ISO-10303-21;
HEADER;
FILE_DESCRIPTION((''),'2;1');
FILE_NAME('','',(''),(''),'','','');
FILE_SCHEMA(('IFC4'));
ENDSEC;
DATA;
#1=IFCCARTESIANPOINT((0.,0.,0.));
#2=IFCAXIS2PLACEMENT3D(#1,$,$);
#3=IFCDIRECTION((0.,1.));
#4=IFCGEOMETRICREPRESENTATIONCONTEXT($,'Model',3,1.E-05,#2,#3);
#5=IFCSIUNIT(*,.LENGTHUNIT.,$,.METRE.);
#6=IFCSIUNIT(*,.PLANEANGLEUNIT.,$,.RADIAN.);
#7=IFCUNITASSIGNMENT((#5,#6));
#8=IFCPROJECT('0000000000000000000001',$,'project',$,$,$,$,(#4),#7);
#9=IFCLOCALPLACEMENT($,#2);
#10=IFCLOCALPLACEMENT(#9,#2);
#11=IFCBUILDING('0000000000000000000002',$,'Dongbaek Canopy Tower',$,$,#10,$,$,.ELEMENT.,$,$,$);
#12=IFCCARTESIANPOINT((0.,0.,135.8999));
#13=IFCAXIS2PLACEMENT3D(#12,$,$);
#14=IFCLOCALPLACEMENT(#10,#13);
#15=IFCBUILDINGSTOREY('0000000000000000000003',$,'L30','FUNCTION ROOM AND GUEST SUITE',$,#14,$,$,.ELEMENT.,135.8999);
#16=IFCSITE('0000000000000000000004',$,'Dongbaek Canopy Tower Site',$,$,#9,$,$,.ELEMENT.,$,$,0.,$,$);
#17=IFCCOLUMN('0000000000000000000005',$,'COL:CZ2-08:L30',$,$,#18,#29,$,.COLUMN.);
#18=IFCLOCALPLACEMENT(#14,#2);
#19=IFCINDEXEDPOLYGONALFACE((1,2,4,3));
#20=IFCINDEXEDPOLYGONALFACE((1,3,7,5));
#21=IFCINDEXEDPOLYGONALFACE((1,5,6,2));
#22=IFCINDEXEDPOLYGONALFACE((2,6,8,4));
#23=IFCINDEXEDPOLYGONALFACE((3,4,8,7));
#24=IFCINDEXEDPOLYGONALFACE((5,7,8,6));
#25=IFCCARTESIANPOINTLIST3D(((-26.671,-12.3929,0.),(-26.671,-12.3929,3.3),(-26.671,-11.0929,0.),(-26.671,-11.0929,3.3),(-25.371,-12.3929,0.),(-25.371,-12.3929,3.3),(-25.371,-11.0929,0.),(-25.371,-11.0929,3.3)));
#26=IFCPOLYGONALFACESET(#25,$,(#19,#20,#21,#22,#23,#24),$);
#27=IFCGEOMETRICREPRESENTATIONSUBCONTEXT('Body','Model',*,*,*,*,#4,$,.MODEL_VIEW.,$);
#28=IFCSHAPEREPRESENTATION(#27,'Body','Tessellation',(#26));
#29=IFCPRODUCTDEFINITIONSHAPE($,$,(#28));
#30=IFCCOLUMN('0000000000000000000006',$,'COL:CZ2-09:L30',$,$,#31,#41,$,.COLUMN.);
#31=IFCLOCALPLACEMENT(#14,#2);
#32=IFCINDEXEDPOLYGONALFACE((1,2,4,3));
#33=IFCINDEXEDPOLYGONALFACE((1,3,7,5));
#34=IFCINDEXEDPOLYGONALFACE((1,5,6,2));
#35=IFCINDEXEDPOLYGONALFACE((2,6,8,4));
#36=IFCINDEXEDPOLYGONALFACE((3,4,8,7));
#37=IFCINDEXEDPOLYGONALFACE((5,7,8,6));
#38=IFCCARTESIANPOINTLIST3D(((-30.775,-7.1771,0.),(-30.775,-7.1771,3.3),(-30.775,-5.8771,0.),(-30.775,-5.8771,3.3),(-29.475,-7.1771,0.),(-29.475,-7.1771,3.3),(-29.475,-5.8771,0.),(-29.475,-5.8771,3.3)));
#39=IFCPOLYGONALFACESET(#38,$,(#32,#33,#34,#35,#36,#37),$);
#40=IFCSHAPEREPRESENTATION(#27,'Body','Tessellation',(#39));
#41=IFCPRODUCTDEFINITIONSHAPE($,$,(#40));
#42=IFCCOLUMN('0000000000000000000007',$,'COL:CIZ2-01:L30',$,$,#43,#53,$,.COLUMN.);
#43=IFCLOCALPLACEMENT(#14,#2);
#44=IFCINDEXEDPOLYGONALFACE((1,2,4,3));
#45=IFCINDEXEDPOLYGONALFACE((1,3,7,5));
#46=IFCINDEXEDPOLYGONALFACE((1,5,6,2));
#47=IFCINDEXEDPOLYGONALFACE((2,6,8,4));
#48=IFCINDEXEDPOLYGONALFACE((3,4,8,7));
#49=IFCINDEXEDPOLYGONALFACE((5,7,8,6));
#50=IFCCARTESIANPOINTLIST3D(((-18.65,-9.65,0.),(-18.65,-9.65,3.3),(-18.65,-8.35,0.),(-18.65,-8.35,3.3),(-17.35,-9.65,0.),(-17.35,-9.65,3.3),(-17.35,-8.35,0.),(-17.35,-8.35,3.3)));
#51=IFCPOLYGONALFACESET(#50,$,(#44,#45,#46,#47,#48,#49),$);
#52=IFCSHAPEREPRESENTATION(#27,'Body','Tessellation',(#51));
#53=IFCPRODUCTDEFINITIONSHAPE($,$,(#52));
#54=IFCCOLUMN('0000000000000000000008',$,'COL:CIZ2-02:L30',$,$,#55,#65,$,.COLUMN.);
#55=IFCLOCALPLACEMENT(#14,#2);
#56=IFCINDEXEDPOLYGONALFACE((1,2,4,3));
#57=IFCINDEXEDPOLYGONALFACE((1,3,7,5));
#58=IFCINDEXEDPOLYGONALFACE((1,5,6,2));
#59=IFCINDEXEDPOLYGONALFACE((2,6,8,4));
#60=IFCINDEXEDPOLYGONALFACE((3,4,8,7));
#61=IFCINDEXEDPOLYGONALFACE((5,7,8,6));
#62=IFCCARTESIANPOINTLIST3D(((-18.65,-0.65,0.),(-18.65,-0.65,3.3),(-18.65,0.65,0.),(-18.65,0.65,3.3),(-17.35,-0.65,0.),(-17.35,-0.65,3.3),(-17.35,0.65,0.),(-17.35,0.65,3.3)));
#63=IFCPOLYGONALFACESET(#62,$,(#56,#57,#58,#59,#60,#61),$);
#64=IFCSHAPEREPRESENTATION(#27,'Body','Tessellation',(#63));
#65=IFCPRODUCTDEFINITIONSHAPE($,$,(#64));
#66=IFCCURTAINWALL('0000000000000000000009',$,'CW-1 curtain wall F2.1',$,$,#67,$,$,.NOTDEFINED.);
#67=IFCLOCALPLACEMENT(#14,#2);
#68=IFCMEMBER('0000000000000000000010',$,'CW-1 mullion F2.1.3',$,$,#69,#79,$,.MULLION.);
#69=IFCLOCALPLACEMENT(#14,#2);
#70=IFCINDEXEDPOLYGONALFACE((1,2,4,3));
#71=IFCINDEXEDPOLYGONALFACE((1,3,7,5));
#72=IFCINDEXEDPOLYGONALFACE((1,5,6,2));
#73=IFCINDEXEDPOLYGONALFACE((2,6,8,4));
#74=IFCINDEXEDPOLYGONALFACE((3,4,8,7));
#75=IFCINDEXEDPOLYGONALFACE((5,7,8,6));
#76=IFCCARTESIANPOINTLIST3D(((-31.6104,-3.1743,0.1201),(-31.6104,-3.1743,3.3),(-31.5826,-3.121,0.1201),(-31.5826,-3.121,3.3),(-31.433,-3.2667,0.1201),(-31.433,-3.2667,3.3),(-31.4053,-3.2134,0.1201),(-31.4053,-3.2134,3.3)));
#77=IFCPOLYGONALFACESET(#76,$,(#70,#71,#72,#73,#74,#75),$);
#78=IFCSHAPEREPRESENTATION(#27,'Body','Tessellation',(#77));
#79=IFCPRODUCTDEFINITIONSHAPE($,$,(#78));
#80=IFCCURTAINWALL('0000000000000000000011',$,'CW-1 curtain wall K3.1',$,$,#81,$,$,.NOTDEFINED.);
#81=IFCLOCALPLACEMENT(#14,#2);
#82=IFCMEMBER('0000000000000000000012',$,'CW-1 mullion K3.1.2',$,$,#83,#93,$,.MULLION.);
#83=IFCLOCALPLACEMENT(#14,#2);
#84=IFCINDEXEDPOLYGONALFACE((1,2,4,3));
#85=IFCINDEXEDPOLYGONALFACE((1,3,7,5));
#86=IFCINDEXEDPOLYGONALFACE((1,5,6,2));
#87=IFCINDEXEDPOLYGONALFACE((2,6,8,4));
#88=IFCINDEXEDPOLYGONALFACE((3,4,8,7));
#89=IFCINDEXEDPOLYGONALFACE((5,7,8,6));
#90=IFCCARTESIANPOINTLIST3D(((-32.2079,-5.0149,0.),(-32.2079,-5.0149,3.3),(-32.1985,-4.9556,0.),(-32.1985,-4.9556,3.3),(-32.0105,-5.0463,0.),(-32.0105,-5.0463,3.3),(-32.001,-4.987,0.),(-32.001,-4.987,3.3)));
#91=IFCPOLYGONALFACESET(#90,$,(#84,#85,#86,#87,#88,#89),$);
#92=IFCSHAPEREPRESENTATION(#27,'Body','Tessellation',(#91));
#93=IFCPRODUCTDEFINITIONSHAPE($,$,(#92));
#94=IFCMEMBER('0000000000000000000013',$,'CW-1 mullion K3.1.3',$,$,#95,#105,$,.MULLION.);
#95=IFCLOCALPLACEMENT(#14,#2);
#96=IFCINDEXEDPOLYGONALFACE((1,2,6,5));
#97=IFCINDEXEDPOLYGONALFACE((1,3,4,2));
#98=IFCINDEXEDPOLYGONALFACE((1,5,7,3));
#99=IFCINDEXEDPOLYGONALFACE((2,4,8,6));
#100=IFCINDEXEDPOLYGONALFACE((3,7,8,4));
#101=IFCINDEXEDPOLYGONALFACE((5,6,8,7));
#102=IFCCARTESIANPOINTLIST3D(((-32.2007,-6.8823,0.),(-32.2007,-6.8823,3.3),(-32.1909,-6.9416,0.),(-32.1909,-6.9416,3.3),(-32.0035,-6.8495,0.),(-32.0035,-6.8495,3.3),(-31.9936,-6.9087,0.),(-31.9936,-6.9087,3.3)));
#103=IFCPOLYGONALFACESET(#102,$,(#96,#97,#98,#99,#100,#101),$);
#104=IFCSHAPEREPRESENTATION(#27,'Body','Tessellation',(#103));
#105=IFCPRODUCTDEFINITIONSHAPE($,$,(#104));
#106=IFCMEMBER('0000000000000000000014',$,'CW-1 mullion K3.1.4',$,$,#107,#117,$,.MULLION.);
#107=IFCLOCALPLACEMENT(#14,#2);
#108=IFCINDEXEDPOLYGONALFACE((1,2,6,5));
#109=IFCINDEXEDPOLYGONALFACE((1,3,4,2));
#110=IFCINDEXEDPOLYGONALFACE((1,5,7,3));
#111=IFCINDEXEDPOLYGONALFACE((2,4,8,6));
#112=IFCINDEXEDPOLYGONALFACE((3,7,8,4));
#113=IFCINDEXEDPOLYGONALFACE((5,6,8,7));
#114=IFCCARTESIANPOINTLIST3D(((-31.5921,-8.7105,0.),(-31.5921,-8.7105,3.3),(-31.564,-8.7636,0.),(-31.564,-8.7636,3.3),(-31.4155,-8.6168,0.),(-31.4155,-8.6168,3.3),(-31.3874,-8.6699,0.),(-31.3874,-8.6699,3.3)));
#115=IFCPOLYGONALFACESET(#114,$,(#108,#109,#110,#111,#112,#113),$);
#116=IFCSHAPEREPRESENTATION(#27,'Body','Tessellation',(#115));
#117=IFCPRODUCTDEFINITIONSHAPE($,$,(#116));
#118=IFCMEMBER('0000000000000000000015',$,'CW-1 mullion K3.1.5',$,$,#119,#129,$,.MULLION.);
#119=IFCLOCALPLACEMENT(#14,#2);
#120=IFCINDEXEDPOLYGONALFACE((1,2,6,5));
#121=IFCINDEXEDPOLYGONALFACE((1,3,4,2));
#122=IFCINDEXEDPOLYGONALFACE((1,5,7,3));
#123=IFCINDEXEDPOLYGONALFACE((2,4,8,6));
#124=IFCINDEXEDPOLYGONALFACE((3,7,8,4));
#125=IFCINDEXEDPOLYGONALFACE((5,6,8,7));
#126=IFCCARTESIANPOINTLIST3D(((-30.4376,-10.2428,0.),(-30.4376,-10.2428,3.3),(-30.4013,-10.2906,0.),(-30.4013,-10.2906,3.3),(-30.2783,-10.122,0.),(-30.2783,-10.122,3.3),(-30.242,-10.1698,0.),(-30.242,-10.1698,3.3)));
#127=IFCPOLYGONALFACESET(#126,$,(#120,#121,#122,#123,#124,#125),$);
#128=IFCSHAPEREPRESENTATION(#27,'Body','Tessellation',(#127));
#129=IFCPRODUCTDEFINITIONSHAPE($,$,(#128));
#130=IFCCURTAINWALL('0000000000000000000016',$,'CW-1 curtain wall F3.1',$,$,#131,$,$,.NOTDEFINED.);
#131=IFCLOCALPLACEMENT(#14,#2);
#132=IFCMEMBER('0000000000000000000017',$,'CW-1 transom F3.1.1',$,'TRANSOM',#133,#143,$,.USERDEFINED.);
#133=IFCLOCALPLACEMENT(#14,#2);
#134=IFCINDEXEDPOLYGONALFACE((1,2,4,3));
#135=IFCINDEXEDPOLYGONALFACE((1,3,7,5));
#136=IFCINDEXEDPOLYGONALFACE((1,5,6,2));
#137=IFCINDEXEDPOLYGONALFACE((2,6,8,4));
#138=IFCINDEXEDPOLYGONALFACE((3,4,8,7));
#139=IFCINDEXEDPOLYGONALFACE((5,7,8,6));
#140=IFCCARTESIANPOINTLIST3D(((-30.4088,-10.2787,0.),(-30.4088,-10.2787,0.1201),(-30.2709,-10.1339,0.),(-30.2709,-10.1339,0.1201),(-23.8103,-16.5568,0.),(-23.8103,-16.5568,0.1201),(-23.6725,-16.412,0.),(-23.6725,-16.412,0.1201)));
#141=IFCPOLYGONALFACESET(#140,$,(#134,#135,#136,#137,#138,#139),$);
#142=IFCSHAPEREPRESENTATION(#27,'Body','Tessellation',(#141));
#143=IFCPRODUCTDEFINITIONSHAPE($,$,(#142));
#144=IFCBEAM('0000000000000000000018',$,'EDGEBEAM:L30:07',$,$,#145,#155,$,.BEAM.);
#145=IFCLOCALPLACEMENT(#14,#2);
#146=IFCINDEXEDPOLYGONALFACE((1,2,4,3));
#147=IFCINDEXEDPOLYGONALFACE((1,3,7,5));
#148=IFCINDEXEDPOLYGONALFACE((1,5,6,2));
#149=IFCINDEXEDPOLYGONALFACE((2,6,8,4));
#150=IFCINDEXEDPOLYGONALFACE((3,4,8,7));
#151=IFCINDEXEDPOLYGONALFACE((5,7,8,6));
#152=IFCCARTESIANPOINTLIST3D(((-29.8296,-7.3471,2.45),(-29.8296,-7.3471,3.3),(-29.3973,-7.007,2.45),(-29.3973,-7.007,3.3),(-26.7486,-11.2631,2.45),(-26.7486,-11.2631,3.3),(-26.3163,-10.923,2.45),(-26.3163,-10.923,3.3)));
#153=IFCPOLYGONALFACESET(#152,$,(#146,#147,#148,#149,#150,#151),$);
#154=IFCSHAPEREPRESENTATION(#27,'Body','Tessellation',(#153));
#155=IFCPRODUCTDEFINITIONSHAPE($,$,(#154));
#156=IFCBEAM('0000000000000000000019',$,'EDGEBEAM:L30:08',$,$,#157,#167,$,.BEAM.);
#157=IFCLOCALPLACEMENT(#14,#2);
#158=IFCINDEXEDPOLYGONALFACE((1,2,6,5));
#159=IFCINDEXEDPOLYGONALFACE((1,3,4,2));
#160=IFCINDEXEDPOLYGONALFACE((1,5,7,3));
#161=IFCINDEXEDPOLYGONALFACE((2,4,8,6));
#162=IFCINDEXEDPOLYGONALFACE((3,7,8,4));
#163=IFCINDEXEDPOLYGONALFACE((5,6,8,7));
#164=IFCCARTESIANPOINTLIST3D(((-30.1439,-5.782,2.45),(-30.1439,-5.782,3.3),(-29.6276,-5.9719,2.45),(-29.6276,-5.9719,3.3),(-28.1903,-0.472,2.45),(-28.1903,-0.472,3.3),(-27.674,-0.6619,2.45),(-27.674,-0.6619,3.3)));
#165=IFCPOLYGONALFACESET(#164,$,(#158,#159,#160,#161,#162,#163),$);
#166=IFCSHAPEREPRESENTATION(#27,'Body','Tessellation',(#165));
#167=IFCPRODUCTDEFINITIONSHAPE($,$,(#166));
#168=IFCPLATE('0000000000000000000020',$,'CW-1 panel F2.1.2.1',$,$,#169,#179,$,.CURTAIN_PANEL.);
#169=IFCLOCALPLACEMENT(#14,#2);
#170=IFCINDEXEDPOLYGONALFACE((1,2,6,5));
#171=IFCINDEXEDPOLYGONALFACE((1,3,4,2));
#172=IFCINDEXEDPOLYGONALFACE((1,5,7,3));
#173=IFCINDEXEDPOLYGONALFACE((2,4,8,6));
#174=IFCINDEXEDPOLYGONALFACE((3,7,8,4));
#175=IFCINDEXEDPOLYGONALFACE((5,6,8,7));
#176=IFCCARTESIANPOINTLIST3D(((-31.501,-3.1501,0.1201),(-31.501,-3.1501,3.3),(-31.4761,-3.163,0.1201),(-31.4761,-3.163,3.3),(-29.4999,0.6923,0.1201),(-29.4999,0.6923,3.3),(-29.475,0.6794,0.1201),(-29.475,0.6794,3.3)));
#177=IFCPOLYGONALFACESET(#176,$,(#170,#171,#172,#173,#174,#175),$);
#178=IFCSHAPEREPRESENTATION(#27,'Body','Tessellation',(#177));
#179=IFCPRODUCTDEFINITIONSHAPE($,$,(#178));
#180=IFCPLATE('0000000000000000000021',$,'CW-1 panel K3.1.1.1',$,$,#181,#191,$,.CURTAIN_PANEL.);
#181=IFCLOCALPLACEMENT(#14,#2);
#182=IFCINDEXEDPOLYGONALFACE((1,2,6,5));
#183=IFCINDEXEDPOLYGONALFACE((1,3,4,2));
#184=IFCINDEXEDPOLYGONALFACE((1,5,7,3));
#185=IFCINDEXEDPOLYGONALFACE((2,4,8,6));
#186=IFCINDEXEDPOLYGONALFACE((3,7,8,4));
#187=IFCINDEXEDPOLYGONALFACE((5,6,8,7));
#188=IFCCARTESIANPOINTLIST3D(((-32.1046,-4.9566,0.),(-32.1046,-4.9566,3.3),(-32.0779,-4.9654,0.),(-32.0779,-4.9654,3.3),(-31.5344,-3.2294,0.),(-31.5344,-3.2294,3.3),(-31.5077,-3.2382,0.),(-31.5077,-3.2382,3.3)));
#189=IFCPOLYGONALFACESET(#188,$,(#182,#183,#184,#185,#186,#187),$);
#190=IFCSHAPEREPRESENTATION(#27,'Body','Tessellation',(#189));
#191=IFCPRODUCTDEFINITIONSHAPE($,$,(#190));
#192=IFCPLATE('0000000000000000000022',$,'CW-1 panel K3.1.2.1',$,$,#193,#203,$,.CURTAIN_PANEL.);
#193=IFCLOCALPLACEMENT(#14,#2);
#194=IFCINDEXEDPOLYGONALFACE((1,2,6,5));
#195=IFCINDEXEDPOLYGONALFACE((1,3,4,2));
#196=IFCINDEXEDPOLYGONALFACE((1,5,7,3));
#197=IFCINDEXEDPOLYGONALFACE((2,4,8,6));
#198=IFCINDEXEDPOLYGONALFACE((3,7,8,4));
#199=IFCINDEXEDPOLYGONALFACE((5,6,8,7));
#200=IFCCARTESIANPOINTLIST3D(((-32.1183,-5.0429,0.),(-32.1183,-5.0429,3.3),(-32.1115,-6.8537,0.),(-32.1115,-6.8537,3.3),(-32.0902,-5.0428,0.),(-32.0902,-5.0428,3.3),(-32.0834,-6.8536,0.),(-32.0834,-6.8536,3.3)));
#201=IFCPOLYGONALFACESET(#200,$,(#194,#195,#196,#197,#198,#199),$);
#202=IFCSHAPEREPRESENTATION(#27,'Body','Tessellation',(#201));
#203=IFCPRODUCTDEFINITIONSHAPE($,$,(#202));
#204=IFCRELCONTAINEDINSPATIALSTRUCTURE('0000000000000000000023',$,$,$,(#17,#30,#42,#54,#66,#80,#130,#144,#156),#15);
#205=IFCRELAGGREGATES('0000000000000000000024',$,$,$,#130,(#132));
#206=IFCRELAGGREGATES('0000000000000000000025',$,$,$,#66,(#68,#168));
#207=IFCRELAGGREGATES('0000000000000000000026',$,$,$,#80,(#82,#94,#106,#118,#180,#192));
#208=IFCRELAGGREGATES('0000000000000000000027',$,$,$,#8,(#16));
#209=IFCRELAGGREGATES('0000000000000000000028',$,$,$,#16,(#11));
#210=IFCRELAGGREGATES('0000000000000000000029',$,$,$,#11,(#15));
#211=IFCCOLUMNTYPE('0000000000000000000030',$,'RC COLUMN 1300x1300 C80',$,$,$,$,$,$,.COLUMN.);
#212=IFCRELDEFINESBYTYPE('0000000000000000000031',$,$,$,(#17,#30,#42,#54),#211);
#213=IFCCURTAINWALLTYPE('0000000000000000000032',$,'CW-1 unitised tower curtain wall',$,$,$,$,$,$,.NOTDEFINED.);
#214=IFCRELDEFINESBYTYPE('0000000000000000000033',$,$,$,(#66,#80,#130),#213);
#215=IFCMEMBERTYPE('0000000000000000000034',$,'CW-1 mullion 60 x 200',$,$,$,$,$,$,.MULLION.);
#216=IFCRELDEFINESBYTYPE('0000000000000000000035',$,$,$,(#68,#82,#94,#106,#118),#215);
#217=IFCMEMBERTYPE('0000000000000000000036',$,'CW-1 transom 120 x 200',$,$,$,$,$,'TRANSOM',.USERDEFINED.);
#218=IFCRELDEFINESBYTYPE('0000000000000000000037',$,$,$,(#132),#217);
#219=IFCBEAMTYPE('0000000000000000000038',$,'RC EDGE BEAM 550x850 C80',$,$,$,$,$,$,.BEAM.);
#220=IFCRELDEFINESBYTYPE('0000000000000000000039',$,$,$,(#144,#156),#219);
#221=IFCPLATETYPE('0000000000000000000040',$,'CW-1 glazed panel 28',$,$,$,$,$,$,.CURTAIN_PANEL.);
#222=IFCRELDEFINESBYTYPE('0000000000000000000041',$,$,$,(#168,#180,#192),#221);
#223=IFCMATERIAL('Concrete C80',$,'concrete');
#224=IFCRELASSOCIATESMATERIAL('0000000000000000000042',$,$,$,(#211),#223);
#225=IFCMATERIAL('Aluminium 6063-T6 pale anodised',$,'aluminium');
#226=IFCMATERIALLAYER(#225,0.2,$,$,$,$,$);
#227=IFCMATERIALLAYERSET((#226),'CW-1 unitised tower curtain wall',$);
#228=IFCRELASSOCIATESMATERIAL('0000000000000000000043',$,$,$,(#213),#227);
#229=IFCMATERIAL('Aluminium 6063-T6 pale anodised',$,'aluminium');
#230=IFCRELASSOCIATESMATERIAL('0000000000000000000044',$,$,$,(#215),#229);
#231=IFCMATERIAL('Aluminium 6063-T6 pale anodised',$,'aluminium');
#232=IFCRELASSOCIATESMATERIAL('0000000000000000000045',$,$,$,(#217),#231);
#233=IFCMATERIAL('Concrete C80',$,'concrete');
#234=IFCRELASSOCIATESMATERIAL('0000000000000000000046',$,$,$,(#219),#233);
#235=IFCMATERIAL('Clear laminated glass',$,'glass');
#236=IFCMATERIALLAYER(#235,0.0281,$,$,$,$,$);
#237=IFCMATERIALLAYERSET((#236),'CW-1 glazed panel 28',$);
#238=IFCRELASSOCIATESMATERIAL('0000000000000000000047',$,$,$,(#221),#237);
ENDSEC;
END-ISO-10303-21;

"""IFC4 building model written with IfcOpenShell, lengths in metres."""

from ifc_helpers import new_model, si_unit, direction, frame, origin, origin_2d, place, context, subcontext, project, spatial, rectangle, extrude, material, layer, layer_set, material_profile, profile_set, type_object, element, aggregate, save


model = new_model("IFC4")

# Units and contexts
model_context = context("Model", 3, precision=1e-05, world=origin(), true_north=direction((0.0, 1.0)))
body_context = subcontext(model_context, "Body", "Model", "MODEL_VIEW")
ifc_project = project(units=[si_unit("LENGTHUNIT", "METRE"), si_unit("PLANEANGLEUNIT", "RADIAN")], contexts=[model_context])

# Site, building, storey
site_placement = place(None, origin())
site = spatial("IfcSite", under=ifc_project, at=site_placement, Name="Dongbaek Canopy Tower Site", CompositionType="ELEMENT", RefElevation=0.0)
building_placement = place(site_placement, origin())
building = spatial("IfcBuilding", under=site, at=building_placement, Name="Dongbaek Canopy Tower", CompositionType="ELEMENT")
storey_placement = place(building_placement, frame((0.0, 0.0, 135.8999)))
storey = spatial("IfcBuildingStorey", under=building, at=storey_placement, Name="L30", Description="FUNCTION ROOM AND GUEST SUITE", CompositionType="ELEMENT", Elevation=135.8999)

# Columns
ifc_material_1 = material(Name="Concrete C80", Category="concrete")
ifc_material_profile_1 = material_profile(ifc_material_1, rectangle(XDim=1.3, YDim=1.3, at=origin_2d()), Name="RC COLUMN 1300x1300 C80")
ifc_profile_set_1 = profile_set([ifc_material_profile_1], Name="Concrete C80")
column_type = type_object("IfcColumnType", Name="RC COLUMN 1300x1300 C80", PredefinedType="COLUMN", material=ifc_profile_set_1)
for number, where, z_axis, x_axis, name in (
    (1, (-26.021, -11.7429, 0.0), (0.0, 0.0, 1.0), (1.0, 0.0, 0.0), "COL:CZ2-08:L30"),
    (2, (-30.125, -6.5271, 0.0), (0.0, 0.0, 1.0), (1.0, 0.0, 0.0), "COL:CZ2-09:L30"),
    (3, (-18.0, -9.0, 0.0), (0.0, 0.0, 1.0), (1.0, 0.0, 0.0), "COL:CIZ2-01:L30"),
    (4, (-18.0, 0.0, 0.0), (0.0, 0.0, 1.0), (1.0, 0.0, 0.0), "COL:CIZ2-02:L30"),
):
    element("IfcColumn", number, at=place(storey_placement, frame(where, z_axis=z_axis, x_axis=x_axis)), inside=storey, type_object=column_type, Name=name, PredefinedType="COLUMN", context=body_context, shape_type="SweptSolid", body=[
        extrude(rectangle(XDim=1.3, YDim=1.3, at=origin_2d()), origin(), (0.0, 0.0, 1.0), 3.3),
    ])

# Curtain wall, member
ifc_material_2 = material(Name="Aluminium 6063-T6 pale anodised", Category="aluminium")
ifc_layer_1 = layer(ifc_material_2, 0.2)
ifc_layer_set_1 = layer_set([ifc_layer_1], Name="CW-1 unitised tower curtain wall")
curtain_wall_type = type_object("IfcCurtainWallType", Name="CW-1 unitised tower curtain wall", PredefinedType="NOTDEFINED", material=ifc_layer_set_1)
curtain_wall_1_placement = place(storey_placement, origin())
curtain_wall_1 = element("IfcCurtainWall", 5, at=curtain_wall_1_placement, inside=storey, type_object=curtain_wall_type, Name="CW-1 curtain wall F2.1", PredefinedType="NOTDEFINED")
ifc_material_3 = material(Name="Aluminium 6063-T6 pale anodised", Category="aluminium")
ifc_material_profile_2 = material_profile(ifc_material_3, rectangle(XDim=0.2, YDim=0.0601, at=origin_2d()), Name="CW-1 mullion 60 x 200")
ifc_profile_set_2 = profile_set([ifc_material_profile_2], Name="Aluminium 6063-T6 pale anodised")
member_type_1 = type_object("IfcMemberType", Name="CW-1 mullion 60 x 200", PredefinedType="MULLION", material=ifc_profile_set_2)
member_1_placement = place(storey_placement, frame((-31.5078, -3.1938, 0.1201), z_axis=(0.0, 0.0, 1.0), x_axis=(-0.886927, 0.46191, 0.0)))
member_1 = element("IfcMember", 6, at=member_1_placement, type_object=member_type_1, Name="CW-1 mullion F2.1.3", PredefinedType="MULLION", context=body_context, shape_type="SweptSolid", body=[
    extrude(rectangle(XDim=0.2, YDim=0.0601, at=origin_2d()), origin(), (0.0, 0.0, 1.0), 3.1799),
])

# Curtain wall, members
curtain_wall_2_placement = place(storey_placement, origin())
curtain_wall_2 = element("IfcCurtainWall", 7, at=curtain_wall_2_placement, inside=storey, type_object=curtain_wall_type, Name="CW-1 curtain wall K3.1", PredefinedType="NOTDEFINED")
member_2_placement = place(storey_placement, frame((-32.1045, -5.001, 0.0), z_axis=(0.0, 0.0, 1.0), x_axis=(-0.987616, 0.156892, 0.0)))
member_2 = element("IfcMember", 8, at=member_2_placement, type_object=member_type_1, Name="CW-1 mullion K3.1.2", PredefinedType="MULLION", context=body_context, shape_type="SweptSolid", body=[
    extrude(rectangle(XDim=0.2, YDim=0.0601, at=origin_2d()), origin(), (0.0, 0.0, 1.0), 3.3),
])
member_3_placement = place(storey_placement, frame((-32.0972, -6.8955, 0.0), z_axis=(0.0, 0.0, 1.0), x_axis=(-0.986408, -0.164313, 0.0)))
member_3 = element("IfcMember", 9, at=member_3_placement, type_object=member_type_1, Name="CW-1 mullion K3.1.3", PredefinedType="MULLION", context=body_context, shape_type="SweptSolid", body=[
    extrude(rectangle(XDim=0.2, YDim=0.0601, at=origin_2d()), origin(), (0.0, 0.0, 1.0), 3.3),
])
member_4_placement = place(storey_placement, frame((-31.4897, -8.6902, 0.0), z_axis=(0.0, 0.0, 1.0), x_axis=(-0.883429, -0.468566, 0.0)))
member_4 = element("IfcMember", 10, at=member_4_placement, type_object=member_type_1, Name="CW-1 mullion K3.1.4", PredefinedType="MULLION", context=body_context, shape_type="SweptSolid", body=[
    extrude(rectangle(XDim=0.2, YDim=0.0601, at=origin_2d()), origin(), (0.0, 0.0, 1.0), 3.3),
])
member_5_placement = place(storey_placement, frame((-30.3398, -10.2063, 0.0), z_axis=(0.0, 0.0, 1.0), x_axis=(-0.796707, -0.604365, 0.0)))
member_5 = element("IfcMember", 11, at=member_5_placement, type_object=member_type_1, Name="CW-1 mullion K3.1.5", PredefinedType="MULLION", context=body_context, shape_type="SweptSolid", body=[
    extrude(rectangle(XDim=0.2, YDim=0.0601, at=origin_2d()), origin(), (0.0, 0.0, 1.0), 3.3),
])

# Curtain wall, member
curtain_wall_3_placement = place(storey_placement, origin())
curtain_wall_3 = element("IfcCurtainWall", 12, at=curtain_wall_3_placement, inside=storey, type_object=curtain_wall_type, Name="CW-1 curtain wall F3.1", PredefinedType="NOTDEFINED")
ifc_material_4 = material(Name="Aluminium 6063-T6 pale anodised", Category="aluminium")
ifc_material_profile_3 = material_profile(ifc_material_4, rectangle(XDim=0.2, YDim=0.1201, at=origin_2d()), Name="CW-1 transom 120 x 200")
ifc_profile_set_3 = profile_set([ifc_material_profile_3], Name="Aluminium 6063-T6 pale anodised")
member_type_2 = type_object("IfcMemberType", Name="CW-1 transom 120 x 200", ElementType="TRANSOM", PredefinedType="USERDEFINED", material=ifc_profile_set_3)
member_6_placement = place(storey_placement, frame((-30.3398, -10.2063, 0.0601), z_axis=(0.724473, -0.689304, 0.0), x_axis=(0.689304, 0.724473, 0.0)))
member_6 = element("IfcMember", 13, at=member_6_placement, type_object=member_type_2, Name="CW-1 transom F3.1.1", ObjectType="TRANSOM", PredefinedType="USERDEFINED", context=body_context, shape_type="SweptSolid", body=[
    extrude(rectangle(XDim=0.2, YDim=0.1201, at=origin_2d()), origin(), (0.0, 0.0, 1.0), 9.1079),
])

# Beams
ifc_material_5 = material(Name="Concrete C80", Category="concrete")
ifc_material_profile_4 = material_profile(ifc_material_5, rectangle(XDim=0.55, YDim=0.8501, at=origin_2d()), Name="RC EDGE BEAM 550x850 C80")
ifc_profile_set_4 = profile_set([ifc_material_profile_4], Name="Concrete C80")
beam_type = type_object("IfcBeamType", Name="RC EDGE BEAM 550x850 C80", PredefinedType="BEAM", material=ifc_profile_set_4)
beam_1_placement = place(storey_placement, frame((-26.5325, -11.093, 2.875), z_axis=(-0.618341, 0.78591, 0.0), x_axis=(-0.78591, -0.618341, 0.0)))
element("IfcBeam", 14, at=beam_1_placement, inside=storey, type_object=beam_type, Name="EDGEBEAM:L30:07", PredefinedType="BEAM", context=body_context, shape_type="SweptSolid", body=[
    extrude(rectangle(XDim=0.55, YDim=0.8501, at=origin_2d()), origin(), (0.0, 0.0, 1.0), 4.9827),
])
beam_2_placement = place(storey_placement, frame((-29.8857, -5.877, 2.875), z_axis=(0.345281, 0.938499, 0.0), x_axis=(-0.938499, 0.345281, 0.0)))
element("IfcBeam", 15, at=beam_2_placement, inside=storey, type_object=beam_type, Name="EDGEBEAM:L30:08", PredefinedType="BEAM", context=body_context, shape_type="SweptSolid", body=[
    extrude(rectangle(XDim=0.55, YDim=0.8501, at=origin_2d()), origin(), (0.0, 0.0, 1.0), 5.658),
])

# Plates
ifc_material_6 = material(Name="Clear laminated glass", Category="glass")
ifc_layer_2 = layer(ifc_material_6, 0.0281)
ifc_layer_set_2 = layer_set([ifc_layer_2], Name="CW-1 glazed panel 28")
plate_type = type_object("IfcPlateType", Name="CW-1 glazed panel 28", PredefinedType="CURTAIN_PANEL", material=ifc_layer_set_2)
plate_1_placement = place(storey_placement, frame((-30.488, -1.2354, 0.1201), z_axis=(0.0, 0.0, 1.0), x_axis=(-0.46191, -0.886927, 0.0)))
plate_1 = element("IfcPlate", 16, at=plate_1_placement, type_object=plate_type, Name="CW-1 panel F2.1.2.1", PredefinedType="CURTAIN_PANEL", context=body_context, shape_type="SweptSolid", body=[
    extrude(rectangle(XDim=4.3323, YDim=0.0281, at=origin_2d()), origin(), (0.0, 0.0, 1.0), 3.1799),
])
plate_2_placement = place(storey_placement, frame((-31.8062, -4.0974, 0.0), z_axis=(0.0, 0.0, 1.0), x_axis=(-0.31347, -0.949598, 0.0)))
plate_2 = element("IfcPlate", 17, at=plate_2_placement, type_object=plate_type, Name="CW-1 panel K3.1.1.1", PredefinedType="CURTAIN_PANEL", context=body_context, shape_type="SweptSolid", body=[
    extrude(rectangle(XDim=1.8188, YDim=0.0281, at=origin_2d()), origin(), (0.0, 0.0, 1.0), 3.3),
])
plate_3_placement = place(storey_placement, frame((-32.1008, -5.9482, 0.0), z_axis=(0.0, 0.0, 1.0), x_axis=(0.003759, -0.999993, 0.0)))
plate_3 = element("IfcPlate", 18, at=plate_3_placement, type_object=plate_type, Name="CW-1 panel K3.1.2.1", PredefinedType="CURTAIN_PANEL", context=body_context, shape_type="SweptSolid", body=[
    extrude(rectangle(XDim=1.8108, YDim=0.0281, at=origin_2d()), origin(), (0.0, 0.0, 1.0), 3.3),
])
aggregate(curtain_wall_3, [member_6])

aggregate(curtain_wall_1, [member_1, plate_1])
aggregate(curtain_wall_2, [member_2, member_3, member_4, member_5, plate_2, plate_3])

save(model, "model.ifc")
